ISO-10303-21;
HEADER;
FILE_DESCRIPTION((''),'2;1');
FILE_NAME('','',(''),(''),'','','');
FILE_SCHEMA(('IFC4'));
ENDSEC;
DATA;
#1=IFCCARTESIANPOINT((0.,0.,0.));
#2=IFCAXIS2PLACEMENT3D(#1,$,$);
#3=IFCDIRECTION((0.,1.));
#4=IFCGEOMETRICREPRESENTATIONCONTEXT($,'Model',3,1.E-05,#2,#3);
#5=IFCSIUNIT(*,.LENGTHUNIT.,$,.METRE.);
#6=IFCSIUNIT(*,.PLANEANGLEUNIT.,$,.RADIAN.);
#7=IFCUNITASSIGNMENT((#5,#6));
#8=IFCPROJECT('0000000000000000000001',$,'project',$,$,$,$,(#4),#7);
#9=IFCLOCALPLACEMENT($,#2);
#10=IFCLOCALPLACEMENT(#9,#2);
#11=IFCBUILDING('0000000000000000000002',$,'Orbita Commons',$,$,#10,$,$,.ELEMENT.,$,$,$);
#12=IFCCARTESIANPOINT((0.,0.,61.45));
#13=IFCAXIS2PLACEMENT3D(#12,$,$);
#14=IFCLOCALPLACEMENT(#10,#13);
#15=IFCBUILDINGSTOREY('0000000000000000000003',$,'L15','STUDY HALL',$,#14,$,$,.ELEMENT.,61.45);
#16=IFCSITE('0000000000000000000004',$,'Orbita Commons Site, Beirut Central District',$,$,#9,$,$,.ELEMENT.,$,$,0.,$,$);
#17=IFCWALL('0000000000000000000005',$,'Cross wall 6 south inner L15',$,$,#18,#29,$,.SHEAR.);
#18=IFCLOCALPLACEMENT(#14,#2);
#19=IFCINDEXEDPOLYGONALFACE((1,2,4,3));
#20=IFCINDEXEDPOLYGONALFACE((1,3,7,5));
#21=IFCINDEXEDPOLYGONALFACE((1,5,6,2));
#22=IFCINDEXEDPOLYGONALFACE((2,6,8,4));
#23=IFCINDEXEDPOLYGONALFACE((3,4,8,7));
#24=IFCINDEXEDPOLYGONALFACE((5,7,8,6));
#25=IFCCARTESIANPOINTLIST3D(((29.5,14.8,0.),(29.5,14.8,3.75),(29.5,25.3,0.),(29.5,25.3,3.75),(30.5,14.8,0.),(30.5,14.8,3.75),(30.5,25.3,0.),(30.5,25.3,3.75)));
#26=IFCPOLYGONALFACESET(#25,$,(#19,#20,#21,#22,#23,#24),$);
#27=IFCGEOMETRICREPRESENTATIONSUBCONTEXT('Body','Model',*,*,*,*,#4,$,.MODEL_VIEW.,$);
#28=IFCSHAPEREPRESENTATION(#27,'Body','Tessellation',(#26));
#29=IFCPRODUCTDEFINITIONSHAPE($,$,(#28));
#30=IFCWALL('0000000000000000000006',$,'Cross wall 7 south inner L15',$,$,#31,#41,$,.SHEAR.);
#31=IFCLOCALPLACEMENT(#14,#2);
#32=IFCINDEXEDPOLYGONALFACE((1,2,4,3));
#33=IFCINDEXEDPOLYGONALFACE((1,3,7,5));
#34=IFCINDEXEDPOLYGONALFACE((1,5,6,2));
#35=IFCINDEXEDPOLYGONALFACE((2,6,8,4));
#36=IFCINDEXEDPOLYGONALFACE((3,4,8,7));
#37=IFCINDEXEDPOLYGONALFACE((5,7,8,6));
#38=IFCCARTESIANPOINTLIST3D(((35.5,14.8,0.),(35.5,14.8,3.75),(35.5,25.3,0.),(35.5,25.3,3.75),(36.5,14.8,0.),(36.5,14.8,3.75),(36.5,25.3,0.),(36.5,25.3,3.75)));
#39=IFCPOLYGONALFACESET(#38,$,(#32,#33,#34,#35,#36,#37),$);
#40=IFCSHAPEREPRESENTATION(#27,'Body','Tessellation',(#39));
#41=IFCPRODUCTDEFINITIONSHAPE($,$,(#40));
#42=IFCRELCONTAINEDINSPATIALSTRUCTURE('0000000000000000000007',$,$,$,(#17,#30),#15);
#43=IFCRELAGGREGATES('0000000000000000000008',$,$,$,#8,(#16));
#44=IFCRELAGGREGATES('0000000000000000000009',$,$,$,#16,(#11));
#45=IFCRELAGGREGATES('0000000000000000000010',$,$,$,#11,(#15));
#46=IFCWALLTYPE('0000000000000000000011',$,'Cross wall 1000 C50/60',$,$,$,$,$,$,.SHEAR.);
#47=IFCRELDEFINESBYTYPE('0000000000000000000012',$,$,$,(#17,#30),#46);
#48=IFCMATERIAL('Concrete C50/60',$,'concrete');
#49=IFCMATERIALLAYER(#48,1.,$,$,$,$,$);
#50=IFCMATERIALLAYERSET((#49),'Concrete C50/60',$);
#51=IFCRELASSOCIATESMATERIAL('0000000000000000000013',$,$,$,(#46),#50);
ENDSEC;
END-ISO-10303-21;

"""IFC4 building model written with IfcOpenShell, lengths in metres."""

from ifc_helpers import new_model, si_unit, direction, frame, frame_2d, origin, place, context, subcontext, project, spatial, rectangle, extrude, material, layer, layer_set, type_object, element, save


model = new_model("IFC4")

# Units and contexts
model_context = context("Model", 3, precision=1e-05, world=origin(), true_north=direction((0.0, 1.0)))
body_context = subcontext(model_context, "Body", "Model", "MODEL_VIEW")
ifc_project = project(units=[si_unit("LENGTHUNIT", "METRE"), si_unit("PLANEANGLEUNIT", "RADIAN")], contexts=[model_context])

# Site, building, storey
site_placement = place(None, origin())
site = spatial("IfcSite", under=ifc_project, at=site_placement, Name="Orbita Commons Site, Beirut Central District", CompositionType="ELEMENT", RefElevation=0.0)
building_placement = place(site_placement, origin())
building = spatial("IfcBuilding", under=site, at=building_placement, Name="Orbita Commons", CompositionType="ELEMENT")
storey_placement = place(building_placement, frame((0.0, 0.0, 61.45)))
storey = spatial("IfcBuildingStorey", under=building, at=storey_placement, Name="L15", Description="STUDY HALL", CompositionType="ELEMENT", Elevation=61.45)

# Walls
ifc_material_1 = material(Name="Concrete C50/60", Category="concrete")
ifc_layer_1 = layer(ifc_material_1, 1.0)
ifc_layer_set_1 = layer_set([ifc_layer_1], Name="Concrete C50/60")
wall_type_1 = type_object("IfcWallType", Name="Cross wall 1000 C50/60", PredefinedType="SHEAR", material=ifc_layer_set_1)
for number, where, z_axis, x_axis, name in (
    (1, (30.0, 14.8, 0.0), (0.0, 0.0, 1.0), (0.0, 1.0, 0.0), "Cross wall 6 south inner L15"),
    (2, (36.0, 14.8, 0.0), (0.0, 0.0, 1.0), (0.0, 1.0, 0.0), "Cross wall 7 south inner L15"),
):
    element("IfcWall", number, at=place(storey_placement, frame(where, z_axis=z_axis, x_axis=x_axis)), inside=storey, type_object=wall_type_1, Name=name, PredefinedType="SHEAR", context=body_context, shape_type="SweptSolid", body=[
        extrude(rectangle(XDim=10.5, YDim=1.0, at=frame_2d((5.25, 0.0))), origin(), (0.0, 0.0, 1.0), 3.75),
    ])

save(model, "model.ifc")
